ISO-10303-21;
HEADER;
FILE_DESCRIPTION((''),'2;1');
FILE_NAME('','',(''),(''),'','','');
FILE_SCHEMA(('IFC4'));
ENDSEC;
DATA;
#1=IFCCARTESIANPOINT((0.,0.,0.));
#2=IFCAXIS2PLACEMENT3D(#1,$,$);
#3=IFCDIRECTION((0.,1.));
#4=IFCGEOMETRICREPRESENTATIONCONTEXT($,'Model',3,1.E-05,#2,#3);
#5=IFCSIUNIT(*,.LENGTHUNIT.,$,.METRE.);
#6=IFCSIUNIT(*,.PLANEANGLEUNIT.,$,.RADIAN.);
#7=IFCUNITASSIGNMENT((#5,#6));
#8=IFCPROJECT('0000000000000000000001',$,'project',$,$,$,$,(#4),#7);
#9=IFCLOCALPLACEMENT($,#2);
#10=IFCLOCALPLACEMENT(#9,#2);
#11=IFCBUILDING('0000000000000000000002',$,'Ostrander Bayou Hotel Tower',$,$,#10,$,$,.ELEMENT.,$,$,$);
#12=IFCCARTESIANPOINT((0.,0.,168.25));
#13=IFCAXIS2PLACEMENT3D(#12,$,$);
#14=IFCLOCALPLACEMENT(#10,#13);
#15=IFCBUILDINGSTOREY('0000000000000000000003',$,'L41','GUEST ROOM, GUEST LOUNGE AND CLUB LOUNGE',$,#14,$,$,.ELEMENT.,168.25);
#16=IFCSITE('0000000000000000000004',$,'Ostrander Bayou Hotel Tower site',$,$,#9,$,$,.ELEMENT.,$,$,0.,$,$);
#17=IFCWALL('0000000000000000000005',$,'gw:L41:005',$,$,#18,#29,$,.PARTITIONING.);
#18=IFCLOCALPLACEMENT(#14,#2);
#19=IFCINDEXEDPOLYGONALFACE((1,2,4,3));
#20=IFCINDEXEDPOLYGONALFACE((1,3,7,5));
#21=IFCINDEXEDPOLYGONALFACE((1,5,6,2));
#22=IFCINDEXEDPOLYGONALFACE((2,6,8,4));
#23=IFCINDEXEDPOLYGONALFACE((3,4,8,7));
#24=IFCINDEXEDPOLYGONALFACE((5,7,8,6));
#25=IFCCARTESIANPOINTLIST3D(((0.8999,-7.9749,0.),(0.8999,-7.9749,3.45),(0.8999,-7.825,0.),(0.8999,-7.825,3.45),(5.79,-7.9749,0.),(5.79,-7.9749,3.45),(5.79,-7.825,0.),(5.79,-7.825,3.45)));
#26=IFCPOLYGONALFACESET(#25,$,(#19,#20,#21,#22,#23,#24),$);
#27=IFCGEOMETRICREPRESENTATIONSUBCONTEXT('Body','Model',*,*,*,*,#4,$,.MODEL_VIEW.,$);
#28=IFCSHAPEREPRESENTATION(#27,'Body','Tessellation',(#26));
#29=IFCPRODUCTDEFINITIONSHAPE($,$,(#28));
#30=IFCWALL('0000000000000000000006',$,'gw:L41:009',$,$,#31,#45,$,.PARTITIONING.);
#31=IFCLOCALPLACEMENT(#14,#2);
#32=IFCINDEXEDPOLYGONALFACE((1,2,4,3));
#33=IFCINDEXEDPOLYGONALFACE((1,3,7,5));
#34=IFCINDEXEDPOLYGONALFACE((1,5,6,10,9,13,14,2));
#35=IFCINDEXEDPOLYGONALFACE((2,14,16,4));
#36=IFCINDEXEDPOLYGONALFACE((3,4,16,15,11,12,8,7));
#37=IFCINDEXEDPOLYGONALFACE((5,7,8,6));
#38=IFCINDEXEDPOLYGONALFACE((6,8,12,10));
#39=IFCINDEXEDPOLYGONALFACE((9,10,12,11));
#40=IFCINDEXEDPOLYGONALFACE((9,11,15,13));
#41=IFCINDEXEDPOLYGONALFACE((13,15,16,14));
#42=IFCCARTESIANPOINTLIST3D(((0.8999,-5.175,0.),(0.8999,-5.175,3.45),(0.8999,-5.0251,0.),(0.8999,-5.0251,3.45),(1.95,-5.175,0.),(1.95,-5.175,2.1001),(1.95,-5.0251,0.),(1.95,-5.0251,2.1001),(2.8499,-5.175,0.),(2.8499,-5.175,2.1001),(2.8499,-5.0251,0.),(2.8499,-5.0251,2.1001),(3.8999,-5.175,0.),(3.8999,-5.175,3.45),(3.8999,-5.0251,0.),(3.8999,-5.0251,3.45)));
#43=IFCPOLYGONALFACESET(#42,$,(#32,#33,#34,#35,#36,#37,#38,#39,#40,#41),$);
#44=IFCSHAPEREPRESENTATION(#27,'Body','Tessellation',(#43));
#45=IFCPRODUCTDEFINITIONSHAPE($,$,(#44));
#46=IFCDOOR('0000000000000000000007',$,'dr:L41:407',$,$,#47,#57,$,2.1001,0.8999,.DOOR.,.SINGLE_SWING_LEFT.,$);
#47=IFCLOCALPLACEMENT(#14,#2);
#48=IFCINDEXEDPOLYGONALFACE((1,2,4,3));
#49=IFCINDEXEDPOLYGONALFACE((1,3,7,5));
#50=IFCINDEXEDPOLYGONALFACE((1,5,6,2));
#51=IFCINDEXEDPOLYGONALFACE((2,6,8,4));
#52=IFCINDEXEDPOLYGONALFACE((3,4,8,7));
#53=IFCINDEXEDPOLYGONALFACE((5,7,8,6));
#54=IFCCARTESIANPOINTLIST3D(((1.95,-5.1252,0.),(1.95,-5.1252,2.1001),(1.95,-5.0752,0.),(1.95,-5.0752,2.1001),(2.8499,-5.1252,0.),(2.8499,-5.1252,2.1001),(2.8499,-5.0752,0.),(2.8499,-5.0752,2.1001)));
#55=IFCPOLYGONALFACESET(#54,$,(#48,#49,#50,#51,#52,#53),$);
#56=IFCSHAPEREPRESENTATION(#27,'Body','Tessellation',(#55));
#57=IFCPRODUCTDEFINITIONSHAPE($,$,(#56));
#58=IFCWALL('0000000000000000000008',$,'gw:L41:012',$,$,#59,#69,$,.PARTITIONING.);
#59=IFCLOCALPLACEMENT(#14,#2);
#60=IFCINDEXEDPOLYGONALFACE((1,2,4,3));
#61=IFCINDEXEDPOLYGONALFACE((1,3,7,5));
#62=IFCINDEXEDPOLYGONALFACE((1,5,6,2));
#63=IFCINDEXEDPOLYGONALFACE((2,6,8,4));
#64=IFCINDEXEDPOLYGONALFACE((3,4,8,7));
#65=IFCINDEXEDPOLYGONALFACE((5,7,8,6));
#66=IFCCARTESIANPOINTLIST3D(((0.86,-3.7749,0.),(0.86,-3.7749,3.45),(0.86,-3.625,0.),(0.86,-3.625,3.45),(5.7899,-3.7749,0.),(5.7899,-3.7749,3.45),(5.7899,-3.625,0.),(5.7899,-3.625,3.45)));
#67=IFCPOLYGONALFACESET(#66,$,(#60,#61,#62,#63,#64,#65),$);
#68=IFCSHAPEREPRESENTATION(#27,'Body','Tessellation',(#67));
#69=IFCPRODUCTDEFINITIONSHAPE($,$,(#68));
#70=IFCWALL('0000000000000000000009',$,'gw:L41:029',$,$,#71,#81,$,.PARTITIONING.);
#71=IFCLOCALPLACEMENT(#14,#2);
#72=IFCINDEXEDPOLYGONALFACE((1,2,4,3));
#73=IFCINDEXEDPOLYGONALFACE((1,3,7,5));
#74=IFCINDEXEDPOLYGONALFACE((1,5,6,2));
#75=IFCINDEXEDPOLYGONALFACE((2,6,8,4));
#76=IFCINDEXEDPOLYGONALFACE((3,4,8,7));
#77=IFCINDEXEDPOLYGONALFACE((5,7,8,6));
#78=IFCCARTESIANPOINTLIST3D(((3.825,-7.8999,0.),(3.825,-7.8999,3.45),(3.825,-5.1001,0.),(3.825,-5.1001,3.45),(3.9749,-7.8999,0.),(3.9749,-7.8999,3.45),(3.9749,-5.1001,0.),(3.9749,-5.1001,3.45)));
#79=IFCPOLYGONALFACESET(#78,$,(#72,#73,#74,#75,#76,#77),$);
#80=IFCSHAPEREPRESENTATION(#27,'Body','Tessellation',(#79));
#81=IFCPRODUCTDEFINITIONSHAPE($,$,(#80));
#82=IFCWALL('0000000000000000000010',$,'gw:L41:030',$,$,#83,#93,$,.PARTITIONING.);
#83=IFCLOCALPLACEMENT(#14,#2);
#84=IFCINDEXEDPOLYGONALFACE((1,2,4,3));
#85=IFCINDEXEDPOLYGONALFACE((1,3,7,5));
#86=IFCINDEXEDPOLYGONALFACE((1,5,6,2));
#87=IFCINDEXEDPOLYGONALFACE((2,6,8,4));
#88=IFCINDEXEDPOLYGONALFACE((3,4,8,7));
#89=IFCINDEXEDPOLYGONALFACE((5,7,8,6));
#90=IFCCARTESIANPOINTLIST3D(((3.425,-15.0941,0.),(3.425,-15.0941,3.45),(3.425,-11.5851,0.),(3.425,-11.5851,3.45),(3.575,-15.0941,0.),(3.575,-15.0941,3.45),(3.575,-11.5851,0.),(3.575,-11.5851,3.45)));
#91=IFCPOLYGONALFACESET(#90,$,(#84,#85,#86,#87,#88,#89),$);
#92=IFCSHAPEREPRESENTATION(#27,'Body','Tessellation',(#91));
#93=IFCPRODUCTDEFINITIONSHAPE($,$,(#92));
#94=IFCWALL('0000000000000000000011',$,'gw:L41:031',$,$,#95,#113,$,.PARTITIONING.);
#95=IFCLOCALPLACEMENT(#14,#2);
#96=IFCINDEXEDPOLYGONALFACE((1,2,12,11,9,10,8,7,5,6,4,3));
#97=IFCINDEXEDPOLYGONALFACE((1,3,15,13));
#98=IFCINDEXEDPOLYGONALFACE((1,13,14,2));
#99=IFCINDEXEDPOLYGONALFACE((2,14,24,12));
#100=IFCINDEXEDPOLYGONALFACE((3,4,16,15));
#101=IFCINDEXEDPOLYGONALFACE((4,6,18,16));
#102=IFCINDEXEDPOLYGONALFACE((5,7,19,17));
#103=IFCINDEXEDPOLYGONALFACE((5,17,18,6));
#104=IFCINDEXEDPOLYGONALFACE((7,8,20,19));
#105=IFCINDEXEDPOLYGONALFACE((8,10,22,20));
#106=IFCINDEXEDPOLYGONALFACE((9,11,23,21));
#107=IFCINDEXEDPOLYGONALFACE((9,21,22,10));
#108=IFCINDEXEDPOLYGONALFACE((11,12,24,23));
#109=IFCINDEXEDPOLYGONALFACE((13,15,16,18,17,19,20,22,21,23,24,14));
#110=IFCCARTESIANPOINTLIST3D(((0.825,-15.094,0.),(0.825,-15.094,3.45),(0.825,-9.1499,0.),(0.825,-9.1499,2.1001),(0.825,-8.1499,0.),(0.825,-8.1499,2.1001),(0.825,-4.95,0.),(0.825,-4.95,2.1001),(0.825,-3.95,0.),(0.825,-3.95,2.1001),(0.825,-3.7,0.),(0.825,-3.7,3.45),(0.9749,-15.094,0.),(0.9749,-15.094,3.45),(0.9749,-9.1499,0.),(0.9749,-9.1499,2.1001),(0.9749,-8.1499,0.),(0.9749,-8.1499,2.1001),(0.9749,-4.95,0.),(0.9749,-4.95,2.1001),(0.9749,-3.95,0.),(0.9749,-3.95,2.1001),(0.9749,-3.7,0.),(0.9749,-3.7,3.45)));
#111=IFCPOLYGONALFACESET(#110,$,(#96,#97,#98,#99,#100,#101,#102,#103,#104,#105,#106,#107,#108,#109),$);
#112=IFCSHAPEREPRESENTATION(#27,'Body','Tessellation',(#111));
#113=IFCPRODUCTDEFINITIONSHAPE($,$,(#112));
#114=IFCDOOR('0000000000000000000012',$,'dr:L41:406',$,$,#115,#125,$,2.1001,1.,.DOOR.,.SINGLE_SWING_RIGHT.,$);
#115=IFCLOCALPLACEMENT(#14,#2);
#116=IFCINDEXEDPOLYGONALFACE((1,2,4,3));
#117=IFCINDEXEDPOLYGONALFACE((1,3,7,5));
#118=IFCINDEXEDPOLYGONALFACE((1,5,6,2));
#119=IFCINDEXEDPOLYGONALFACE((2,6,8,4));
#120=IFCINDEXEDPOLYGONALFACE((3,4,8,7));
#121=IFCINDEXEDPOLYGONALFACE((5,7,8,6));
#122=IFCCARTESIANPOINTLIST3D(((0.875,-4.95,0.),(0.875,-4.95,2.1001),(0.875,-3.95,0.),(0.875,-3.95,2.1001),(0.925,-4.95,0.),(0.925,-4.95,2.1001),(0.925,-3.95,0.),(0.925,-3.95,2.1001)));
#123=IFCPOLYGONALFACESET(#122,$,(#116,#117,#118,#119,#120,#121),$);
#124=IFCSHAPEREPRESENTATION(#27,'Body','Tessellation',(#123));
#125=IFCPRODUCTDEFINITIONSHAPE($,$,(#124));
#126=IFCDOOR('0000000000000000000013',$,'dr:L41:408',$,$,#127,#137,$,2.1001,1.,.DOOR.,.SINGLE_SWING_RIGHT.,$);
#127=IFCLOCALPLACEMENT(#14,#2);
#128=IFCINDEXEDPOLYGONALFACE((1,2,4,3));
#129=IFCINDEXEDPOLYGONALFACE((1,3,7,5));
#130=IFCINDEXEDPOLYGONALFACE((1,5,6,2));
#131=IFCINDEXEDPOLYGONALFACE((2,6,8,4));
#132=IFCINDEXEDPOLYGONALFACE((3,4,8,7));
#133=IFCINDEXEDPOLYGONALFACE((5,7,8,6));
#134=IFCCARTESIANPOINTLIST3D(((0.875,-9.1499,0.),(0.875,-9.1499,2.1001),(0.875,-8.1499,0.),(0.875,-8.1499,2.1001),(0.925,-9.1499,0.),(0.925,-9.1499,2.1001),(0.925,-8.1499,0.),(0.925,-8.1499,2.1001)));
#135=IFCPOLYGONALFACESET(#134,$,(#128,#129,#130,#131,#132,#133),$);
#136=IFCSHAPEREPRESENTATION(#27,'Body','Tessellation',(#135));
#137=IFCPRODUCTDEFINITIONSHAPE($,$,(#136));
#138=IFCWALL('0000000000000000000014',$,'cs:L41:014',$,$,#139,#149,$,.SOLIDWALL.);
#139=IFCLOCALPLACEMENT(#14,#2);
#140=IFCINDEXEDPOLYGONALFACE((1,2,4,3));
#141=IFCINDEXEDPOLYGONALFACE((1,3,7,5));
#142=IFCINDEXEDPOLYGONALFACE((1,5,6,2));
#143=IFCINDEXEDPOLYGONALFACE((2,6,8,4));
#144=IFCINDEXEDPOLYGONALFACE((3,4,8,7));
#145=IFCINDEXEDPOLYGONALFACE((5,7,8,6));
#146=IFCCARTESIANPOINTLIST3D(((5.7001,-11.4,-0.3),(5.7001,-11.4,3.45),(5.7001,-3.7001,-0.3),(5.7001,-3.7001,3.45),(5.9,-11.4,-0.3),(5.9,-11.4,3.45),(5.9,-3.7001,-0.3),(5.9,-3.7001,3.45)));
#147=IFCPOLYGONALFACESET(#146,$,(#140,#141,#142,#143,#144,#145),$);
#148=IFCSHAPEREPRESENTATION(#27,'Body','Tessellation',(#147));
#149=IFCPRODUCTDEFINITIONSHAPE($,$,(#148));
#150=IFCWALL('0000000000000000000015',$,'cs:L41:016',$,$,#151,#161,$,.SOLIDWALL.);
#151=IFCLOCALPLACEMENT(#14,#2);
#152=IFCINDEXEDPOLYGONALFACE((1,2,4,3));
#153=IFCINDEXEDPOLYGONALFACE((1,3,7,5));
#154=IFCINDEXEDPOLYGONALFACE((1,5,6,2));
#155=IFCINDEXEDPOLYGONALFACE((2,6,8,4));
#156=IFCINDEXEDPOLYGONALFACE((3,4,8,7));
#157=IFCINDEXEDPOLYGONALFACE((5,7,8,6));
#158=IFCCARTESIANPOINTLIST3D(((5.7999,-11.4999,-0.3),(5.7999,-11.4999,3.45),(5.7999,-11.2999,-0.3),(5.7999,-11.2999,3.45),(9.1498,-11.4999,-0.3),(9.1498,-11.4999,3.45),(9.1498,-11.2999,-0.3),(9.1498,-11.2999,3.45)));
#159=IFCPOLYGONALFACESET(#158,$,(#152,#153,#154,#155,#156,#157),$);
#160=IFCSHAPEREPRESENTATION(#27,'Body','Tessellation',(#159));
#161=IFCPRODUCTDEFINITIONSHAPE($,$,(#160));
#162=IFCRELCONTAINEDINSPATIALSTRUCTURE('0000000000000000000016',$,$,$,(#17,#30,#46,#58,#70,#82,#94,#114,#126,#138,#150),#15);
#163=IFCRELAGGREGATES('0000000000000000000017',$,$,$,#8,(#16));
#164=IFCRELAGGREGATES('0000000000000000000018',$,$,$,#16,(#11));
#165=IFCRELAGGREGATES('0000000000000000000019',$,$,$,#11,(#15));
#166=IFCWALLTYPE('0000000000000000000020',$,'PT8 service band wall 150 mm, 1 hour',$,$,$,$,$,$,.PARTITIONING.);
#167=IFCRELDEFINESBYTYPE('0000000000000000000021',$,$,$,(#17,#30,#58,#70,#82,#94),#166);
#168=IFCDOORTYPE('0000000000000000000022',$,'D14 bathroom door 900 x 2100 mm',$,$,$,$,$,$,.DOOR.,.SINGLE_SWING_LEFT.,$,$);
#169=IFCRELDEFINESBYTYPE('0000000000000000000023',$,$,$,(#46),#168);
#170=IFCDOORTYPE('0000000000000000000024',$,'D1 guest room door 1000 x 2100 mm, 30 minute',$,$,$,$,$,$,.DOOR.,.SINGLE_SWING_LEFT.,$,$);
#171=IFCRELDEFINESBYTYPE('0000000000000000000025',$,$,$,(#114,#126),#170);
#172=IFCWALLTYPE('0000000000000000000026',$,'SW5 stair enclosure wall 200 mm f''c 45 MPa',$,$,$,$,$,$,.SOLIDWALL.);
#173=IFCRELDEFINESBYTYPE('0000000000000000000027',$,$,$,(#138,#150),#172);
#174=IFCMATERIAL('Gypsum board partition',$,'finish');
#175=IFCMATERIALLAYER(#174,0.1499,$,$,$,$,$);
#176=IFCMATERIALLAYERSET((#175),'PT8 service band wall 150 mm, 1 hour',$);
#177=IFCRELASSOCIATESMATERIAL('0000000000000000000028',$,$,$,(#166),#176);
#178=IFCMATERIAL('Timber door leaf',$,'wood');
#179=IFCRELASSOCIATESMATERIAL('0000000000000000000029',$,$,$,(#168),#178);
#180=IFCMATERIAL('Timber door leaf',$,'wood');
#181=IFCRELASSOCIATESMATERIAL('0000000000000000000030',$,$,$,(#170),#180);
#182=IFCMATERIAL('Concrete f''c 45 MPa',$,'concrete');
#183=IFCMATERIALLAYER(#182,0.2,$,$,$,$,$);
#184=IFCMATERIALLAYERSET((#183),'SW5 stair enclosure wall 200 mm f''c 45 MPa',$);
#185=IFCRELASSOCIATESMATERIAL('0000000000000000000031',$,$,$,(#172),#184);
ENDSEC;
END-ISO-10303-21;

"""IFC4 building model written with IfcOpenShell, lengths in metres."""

from ifc_helpers import new_model, si_unit, direction, frame, frame_2d, origin, place, context, subcontext, project, spatial, rectangle, extrude, material, layer, layer_set, type_object, element, fill, save


model = new_model("IFC4")

# Units and contexts
model_context = context("Model", 3, precision=1e-05, world=origin(), true_north=direction((0.0, 1.0)))
body_context = subcontext(model_context, "Body", "Model", "MODEL_VIEW")
ifc_project = project(units=[si_unit("LENGTHUNIT", "METRE"), si_unit("PLANEANGLEUNIT", "RADIAN")], contexts=[model_context])

# Site, building, storey
site_placement = place(None, origin())
site = spatial("IfcSite", under=ifc_project, at=site_placement, Name="Ostrander Bayou Hotel Tower site", CompositionType="ELEMENT", RefElevation=0.0)
building_placement = place(site_placement, origin())
building = spatial("IfcBuilding", under=site, at=building_placement, Name="Ostrander Bayou Hotel Tower", CompositionType="ELEMENT")
storey_placement = place(building_placement, frame((0.0, 0.0, 168.25)))
storey = spatial("IfcBuildingStorey", under=building, at=storey_placement, Name="L41", Description="GUEST ROOM, GUEST LOUNGE AND CLUB LOUNGE", CompositionType="ELEMENT", Elevation=168.25)

# Shared definitions
ifc_material_1 = material(Name="Gypsum board partition", Category="finish")
ifc_layer_1 = layer(ifc_material_1, 0.1499)
ifc_layer_set_1 = layer_set([ifc_layer_1], Name="PT8 service band wall 150 mm, 1 hour")
wall_type_1 = type_object("IfcWallType", Name="PT8 service band wall 150 mm, 1 hour", PredefinedType="PARTITIONING", material=ifc_layer_set_1)

# Wall
wall_1_placement = place(storey_placement, frame((0.8999, -7.8999, 0.0), z_axis=(0.0, 0.0, 1.0), x_axis=(1.0, 0.0, 0.0)))
element("IfcWall", 1, at=wall_1_placement, inside=storey, type_object=wall_type_1, Name="gw:L41:005", PredefinedType="PARTITIONING", context=body_context, shape_type="SweptSolid", body=[
    extrude(rectangle(XDim=4.8901, YDim=0.1499, at=frame_2d((2.4451, 0.0))), origin(), (0.0, 0.0, 1.0), 3.45),
])

# Wall, opening, door
wall_2_placement = place(storey_placement, frame((0.8999, -5.1001, 0.0), z_axis=(0.0, 0.0, 1.0), x_axis=(1.0, 0.0, 0.0)))
wall_2 = element("IfcWall", 2, at=wall_2_placement, inside=storey, type_object=wall_type_1, Name="gw:L41:009", PredefinedType="PARTITIONING", context=body_context, shape_type="SweptSolid", body=[
    extrude(rectangle(XDim=3.0, YDim=0.1499, at=frame_2d((1.5, 0.0))), origin(), (0.0, 0.0, 1.0), 3.45),
])
opening_1_placement = place(wall_2_placement, frame((1.05, 0.0, 0.0)))
opening_1 = element("IfcOpeningElement", 3, at=opening_1_placement, cuts=wall_2, PredefinedType="OPENING", context=body_context, shape_type="SweptSolid", body=[
    extrude(rectangle(XDim=0.8999, YDim=2.1001, at=frame_2d((0.45, 1.05))), frame((0.0, 0.075, 0.0), z_axis=(0.0, -1.0, 0.0), x_axis=(1.0, 0.0, 0.0)), (0.0, 0.0, 1.0), 0.1499),
])
ifc_material_2 = material(Name="Timber door leaf", Category="wood")
door_type_1 = type_object("IfcDoorType", Name="D14 bathroom door 900 x 2100 mm", OperationType="SINGLE_SWING_LEFT", PredefinedType="DOOR", material=ifc_material_2)
door_1_placement = place(opening_1_placement, origin())
door_1 = element("IfcDoor", 4, at=door_1_placement, inside=storey, type_object=door_type_1, Name="dr:L41:407", OperationType="SINGLE_SWING_LEFT", OverallHeight=2.1001, OverallWidth=0.8999, PredefinedType="DOOR", context=body_context, shape_type="SweptSolid", body=[
    extrude(rectangle(XDim=0.8999, YDim=2.1001, at=frame_2d((0.45, 1.05))), frame((0.0, 0.0249, 0.0), z_axis=(0.0, -1.0, 0.0), x_axis=(1.0, 0.0, 0.0)), (0.0, 0.0, 1.0), 0.05),
])
fill(opening_1, door_1)

# Walls
wall_3_placement = place(storey_placement, frame((0.8601, -3.7, 0.0), z_axis=(0.0, 0.0, 1.0), x_axis=(1.0, 0.0, 0.0)))
element("IfcWall", 5, at=wall_3_placement, inside=storey, type_object=wall_type_1, Name="gw:L41:012", PredefinedType="PARTITIONING", context=body_context, shape_type="SweptSolid", body=[
    extrude(rectangle(XDim=4.9299, YDim=0.1499, at=frame_2d((2.4648, 0.0))), origin(), (0.0, 0.0, 1.0), 3.45),
])
wall_4_placement = place(storey_placement, frame((3.8999, -7.8999, 0.0), z_axis=(0.0, 0.0, 1.0), x_axis=(0.0, 1.0, 0.0)))
element("IfcWall", 6, at=wall_4_placement, inside=storey, type_object=wall_type_1, Name="gw:L41:029", PredefinedType="PARTITIONING", context=body_context, shape_type="SweptSolid", body=[
    extrude(rectangle(XDim=2.7998, YDim=0.1499, at=frame_2d((1.3999, 0.0))), origin(), (0.0, 0.0, 1.0), 3.45),
])
wall_5_placement = place(storey_placement, frame((3.5, -15.094, 0.0), z_axis=(0.0, 0.0, 1.0), x_axis=(0.0, 1.0, 0.0)))
element("IfcWall", 7, at=wall_5_placement, inside=storey, type_object=wall_type_1, Name="gw:L41:030", PredefinedType="PARTITIONING", context=body_context, shape_type="SweptSolid", body=[
    extrude(rectangle(XDim=3.509, YDim=0.1499, at=frame_2d((1.7544, 0.0))), origin(), (0.0, 0.0, 1.0), 3.45),
])

# Wall, openings, doors
wall_6_placement = place(storey_placement, frame((0.8999, -15.094, 0.0), z_axis=(0.0, 0.0, 1.0), x_axis=(0.0, 1.0, 0.0)))
wall_6 = element("IfcWall", 8, at=wall_6_placement, inside=storey, type_object=wall_type_1, Name="gw:L41:031", PredefinedType="PARTITIONING", context=body_context, shape_type="SweptSolid", body=[
    extrude(rectangle(XDim=11.394, YDim=0.1499, at=frame_2d((5.697, 0.0))), origin(), (0.0, 0.0, 1.0), 3.45),
])
opening_2_placement = place(wall_6_placement, frame((10.144, 0.0, 0.0)))
opening_2 = element("IfcOpeningElement", 9, at=opening_2_placement, cuts=wall_6, PredefinedType="OPENING", context=body_context, shape_type="SweptSolid", body=[
    extrude(rectangle(XDim=1.0, YDim=2.1001, at=frame_2d((0.5, 1.05))), frame((0.0, 0.075, 0.0), z_axis=(0.0, -1.0, 0.0), x_axis=(1.0, 0.0, 0.0)), (0.0, 0.0, 1.0), 0.1499),
])
opening_3_placement = place(wall_6_placement, frame((5.9441, 0.0, 0.0)))
opening_3 = element("IfcOpeningElement", 10, at=opening_3_placement, cuts=wall_6, PredefinedType="OPENING", context=body_context, shape_type="SweptSolid", body=[
    extrude(rectangle(XDim=1.0, YDim=2.1001, at=frame_2d((0.5, 1.05))), frame((0.0, 0.075, 0.0), z_axis=(0.0, -1.0, 0.0), x_axis=(1.0, 0.0, 0.0)), (0.0, 0.0, 1.0), 0.1499),
])
ifc_material_3 = material(Name="Timber door leaf", Category="wood")
door_type_2 = type_object("IfcDoorType", Name="D1 guest room door 1000 x 2100 mm, 30 minute", OperationType="SINGLE_SWING_LEFT", PredefinedType="DOOR", material=ifc_material_3)
door_2_placement = place(opening_2_placement, origin())
door_2 = element("IfcDoor", 11, at=door_2_placement, inside=storey, type_object=door_type_2, Name="dr:L41:406", OperationType="SINGLE_SWING_RIGHT", OverallHeight=2.1001, OverallWidth=1.0, PredefinedType="DOOR", context=body_context, shape_type="SweptSolid", body=[
    extrude(rectangle(XDim=1.0, YDim=2.1001, at=frame_2d((0.5, 1.05))), frame((0.0, 0.0249, 0.0), z_axis=(0.0, -1.0, 0.0), x_axis=(1.0, 0.0, 0.0)), (0.0, 0.0, 1.0), 0.05),
])
fill(opening_2, door_2)
door_3_placement = place(opening_3_placement, origin())
door_3 = element("IfcDoor", 12, at=door_3_placement, inside=storey, type_object=door_type_2, Name="dr:L41:408", OperationType="SINGLE_SWING_RIGHT", OverallHeight=2.1001, OverallWidth=1.0, PredefinedType="DOOR", context=body_context, shape_type="SweptSolid", body=[
    extrude(rectangle(XDim=1.0, YDim=2.1001, at=frame_2d((0.5, 1.05))), frame((0.0, 0.0249, 0.0), z_axis=(0.0, -1.0, 0.0), x_axis=(1.0, 0.0, 0.0)), (0.0, 0.0, 1.0), 0.05),
])
fill(opening_3, door_3)

# Shared definitions
ifc_material_4 = material(Name="Concrete f'c 45 MPa", Category="concrete")
ifc_layer_2 = layer(ifc_material_4, 0.2)
ifc_layer_set_2 = layer_set([ifc_layer_2], Name="SW5 stair enclosure wall 200 mm f'c 45 MPa")
wall_type_2 = type_object("IfcWallType", Name="SW5 stair enclosure wall 200 mm f'c 45 MPa", PredefinedType="SOLIDWALL", material=ifc_layer_set_2)

# Walls
wall_7_placement = place(storey_placement, frame((5.8, -3.7, -0.3), z_axis=(0.0, 0.0, 1.0), x_axis=(0.0, -1.0, 0.0)))
element("IfcWall", 13, at=wall_7_placement, inside=storey, type_object=wall_type_2, Name="cs:L41:014", PredefinedType="SOLIDWALL", context=body_context, shape_type="SweptSolid", body=[
    extrude(rectangle(XDim=7.7, YDim=0.2, at=frame_2d((3.8501, 0.0))), origin(), (0.0, 0.0, 1.0), 3.75),
])
wall_8_placement = place(storey_placement, frame((5.8, -11.3999, -0.3), z_axis=(0.0, 0.0, 1.0), x_axis=(1.0, 0.0, 0.0)))
element("IfcWall", 14, at=wall_8_placement, inside=storey, type_object=wall_type_2, Name="cs:L41:016", PredefinedType="SOLIDWALL", context=body_context, shape_type="SweptSolid", body=[
    extrude(rectangle(XDim=3.3499, YDim=0.2, at=frame_2d((1.6748, 0.0))), origin(), (0.0, 0.0, 1.0), 3.75),
])

save(model, "model.ifc")
